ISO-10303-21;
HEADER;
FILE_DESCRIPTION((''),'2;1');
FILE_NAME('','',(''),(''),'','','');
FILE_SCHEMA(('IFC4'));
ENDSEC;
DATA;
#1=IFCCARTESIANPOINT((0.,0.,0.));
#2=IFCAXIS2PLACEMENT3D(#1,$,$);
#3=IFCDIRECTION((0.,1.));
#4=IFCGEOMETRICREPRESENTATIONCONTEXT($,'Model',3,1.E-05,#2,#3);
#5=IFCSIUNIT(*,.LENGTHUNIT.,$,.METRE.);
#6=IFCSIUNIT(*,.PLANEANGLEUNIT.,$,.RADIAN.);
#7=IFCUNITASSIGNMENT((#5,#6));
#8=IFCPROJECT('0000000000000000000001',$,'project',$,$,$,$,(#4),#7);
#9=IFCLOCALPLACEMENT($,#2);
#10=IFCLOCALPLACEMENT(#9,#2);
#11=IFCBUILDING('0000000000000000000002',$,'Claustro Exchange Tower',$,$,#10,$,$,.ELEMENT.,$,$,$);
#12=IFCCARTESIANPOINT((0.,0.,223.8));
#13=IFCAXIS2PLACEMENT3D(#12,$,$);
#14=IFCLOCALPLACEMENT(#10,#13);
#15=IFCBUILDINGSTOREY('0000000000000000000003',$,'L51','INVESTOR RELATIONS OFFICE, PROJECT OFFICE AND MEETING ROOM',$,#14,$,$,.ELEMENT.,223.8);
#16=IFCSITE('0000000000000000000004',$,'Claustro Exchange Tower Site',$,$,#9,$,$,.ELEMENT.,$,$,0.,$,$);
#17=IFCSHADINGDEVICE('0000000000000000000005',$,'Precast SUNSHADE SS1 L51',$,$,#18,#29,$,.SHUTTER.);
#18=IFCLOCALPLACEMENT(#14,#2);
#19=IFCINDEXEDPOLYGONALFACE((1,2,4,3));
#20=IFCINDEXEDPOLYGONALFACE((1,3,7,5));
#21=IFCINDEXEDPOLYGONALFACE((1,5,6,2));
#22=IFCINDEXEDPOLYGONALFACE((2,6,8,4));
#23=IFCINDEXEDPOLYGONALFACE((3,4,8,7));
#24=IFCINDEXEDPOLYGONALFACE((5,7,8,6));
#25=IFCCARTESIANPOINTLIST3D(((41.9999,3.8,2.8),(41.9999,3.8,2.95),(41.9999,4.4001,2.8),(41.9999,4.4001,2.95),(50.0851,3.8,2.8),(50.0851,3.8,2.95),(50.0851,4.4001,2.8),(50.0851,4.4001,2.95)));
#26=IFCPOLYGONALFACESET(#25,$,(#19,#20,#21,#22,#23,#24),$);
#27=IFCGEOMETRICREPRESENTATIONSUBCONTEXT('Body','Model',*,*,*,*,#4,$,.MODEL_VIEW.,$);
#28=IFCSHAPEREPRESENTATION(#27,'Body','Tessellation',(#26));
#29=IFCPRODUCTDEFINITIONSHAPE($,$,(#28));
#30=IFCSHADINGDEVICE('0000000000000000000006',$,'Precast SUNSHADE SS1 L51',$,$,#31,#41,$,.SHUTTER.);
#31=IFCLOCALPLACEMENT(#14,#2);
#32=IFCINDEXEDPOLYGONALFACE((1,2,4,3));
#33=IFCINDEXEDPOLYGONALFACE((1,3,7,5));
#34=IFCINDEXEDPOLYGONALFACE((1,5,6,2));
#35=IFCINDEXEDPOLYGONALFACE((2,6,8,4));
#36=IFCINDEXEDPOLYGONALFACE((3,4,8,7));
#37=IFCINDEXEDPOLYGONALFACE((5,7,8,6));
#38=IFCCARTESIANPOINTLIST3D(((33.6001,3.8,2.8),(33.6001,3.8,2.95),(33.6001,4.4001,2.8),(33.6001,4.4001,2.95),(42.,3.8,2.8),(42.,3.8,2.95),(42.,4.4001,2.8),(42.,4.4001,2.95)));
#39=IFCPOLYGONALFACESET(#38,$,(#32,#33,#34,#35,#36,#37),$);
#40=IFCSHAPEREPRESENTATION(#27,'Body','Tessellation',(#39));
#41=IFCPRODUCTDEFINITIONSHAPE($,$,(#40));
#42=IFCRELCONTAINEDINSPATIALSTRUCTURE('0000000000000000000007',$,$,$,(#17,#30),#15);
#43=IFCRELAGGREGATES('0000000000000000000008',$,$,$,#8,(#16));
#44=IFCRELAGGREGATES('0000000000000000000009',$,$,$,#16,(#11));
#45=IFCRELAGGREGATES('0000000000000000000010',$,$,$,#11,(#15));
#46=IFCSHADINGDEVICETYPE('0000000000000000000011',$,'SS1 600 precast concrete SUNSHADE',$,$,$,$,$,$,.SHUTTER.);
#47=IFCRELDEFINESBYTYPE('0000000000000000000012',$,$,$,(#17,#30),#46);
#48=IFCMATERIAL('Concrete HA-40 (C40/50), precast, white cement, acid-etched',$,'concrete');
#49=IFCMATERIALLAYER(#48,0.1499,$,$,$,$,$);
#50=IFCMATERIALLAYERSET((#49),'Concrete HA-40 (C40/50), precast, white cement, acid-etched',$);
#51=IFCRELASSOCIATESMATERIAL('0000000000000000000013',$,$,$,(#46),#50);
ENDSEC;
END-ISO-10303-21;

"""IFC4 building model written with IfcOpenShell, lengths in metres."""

from ifc_helpers import new_model, si_unit, direction, frame, origin, origin_2d, place, context, subcontext, project, spatial, rectangle, extrude, material, layer, layer_set, type_object, element, save


model = new_model("IFC4")

# Units and contexts
model_context = context("Model", 3, precision=1e-05, world=origin(), true_north=direction((0.0, 1.0)))
body_context = subcontext(model_context, "Body", "Model", "MODEL_VIEW")
ifc_project = project(units=[si_unit("LENGTHUNIT", "METRE"), si_unit("PLANEANGLEUNIT", "RADIAN")], contexts=[model_context])

# Site, building, storey
site_placement = place(None, origin())
site = spatial("IfcSite", under=ifc_project, at=site_placement, Name="Claustro Exchange Tower Site", CompositionType="ELEMENT", RefElevation=0.0)
building_placement = place(site_placement, origin())
building = spatial("IfcBuilding", under=site, at=building_placement, Name="Claustro Exchange Tower", CompositionType="ELEMENT")
storey_placement = place(building_placement, frame((0.0, 0.0, 223.8)))
storey = spatial("IfcBuildingStorey", under=building, at=storey_placement, Name="L51", Description="INVESTOR RELATIONS OFFICE, PROJECT OFFICE AND MEETING ROOM", CompositionType="ELEMENT", Elevation=223.8)

# Shading devices
ifc_material_1 = material(Name="Concrete HA-40 (C40/50), precast, white cement, acid-etched", Category="concrete")
ifc_layer_1 = layer(ifc_material_1, 0.1499)
ifc_layer_set_1 = layer_set([ifc_layer_1], Name="Concrete HA-40 (C40/50), precast, white cement, acid-etched")
shading_device_type = type_object("IfcShadingDeviceType", Name="SS1 600 precast concrete SUNSHADE", PredefinedType="SHUTTER", material=ifc_layer_set_1)
shading_device_1_placement = place(storey_placement, frame((46.0425, 4.1001, 2.8), z_axis=(0.0, 0.0, 1.0), x_axis=(-1.0, 0.0, 0.0)))
element("IfcShadingDevice", 1, at=shading_device_1_placement, inside=storey, type_object=shading_device_type, Name="Precast SUNSHADE SS1 L51", PredefinedType="SHUTTER", context=body_context, shape_type="SweptSolid", body=[
    extrude(rectangle(XDim=8.0852, YDim=0.6001, at=origin_2d()), origin(), (0.0, 0.0, 1.0), 0.1499),
])
shading_device_2_placement = place(storey_placement, frame((37.8, 4.1001, 2.8), z_axis=(0.0, 0.0, 1.0), x_axis=(-1.0, 0.0, 0.0)))
element("IfcShadingDevice", 2, at=shading_device_2_placement, inside=storey, type_object=shading_device_type, Name="Precast SUNSHADE SS1 L51", PredefinedType="SHUTTER", context=body_context, shape_type="SweptSolid", body=[
    extrude(rectangle(XDim=8.3999, YDim=0.6001, at=origin_2d()), origin(), (0.0, 0.0, 1.0), 0.1499),
])

save(model, "model.ifc")
